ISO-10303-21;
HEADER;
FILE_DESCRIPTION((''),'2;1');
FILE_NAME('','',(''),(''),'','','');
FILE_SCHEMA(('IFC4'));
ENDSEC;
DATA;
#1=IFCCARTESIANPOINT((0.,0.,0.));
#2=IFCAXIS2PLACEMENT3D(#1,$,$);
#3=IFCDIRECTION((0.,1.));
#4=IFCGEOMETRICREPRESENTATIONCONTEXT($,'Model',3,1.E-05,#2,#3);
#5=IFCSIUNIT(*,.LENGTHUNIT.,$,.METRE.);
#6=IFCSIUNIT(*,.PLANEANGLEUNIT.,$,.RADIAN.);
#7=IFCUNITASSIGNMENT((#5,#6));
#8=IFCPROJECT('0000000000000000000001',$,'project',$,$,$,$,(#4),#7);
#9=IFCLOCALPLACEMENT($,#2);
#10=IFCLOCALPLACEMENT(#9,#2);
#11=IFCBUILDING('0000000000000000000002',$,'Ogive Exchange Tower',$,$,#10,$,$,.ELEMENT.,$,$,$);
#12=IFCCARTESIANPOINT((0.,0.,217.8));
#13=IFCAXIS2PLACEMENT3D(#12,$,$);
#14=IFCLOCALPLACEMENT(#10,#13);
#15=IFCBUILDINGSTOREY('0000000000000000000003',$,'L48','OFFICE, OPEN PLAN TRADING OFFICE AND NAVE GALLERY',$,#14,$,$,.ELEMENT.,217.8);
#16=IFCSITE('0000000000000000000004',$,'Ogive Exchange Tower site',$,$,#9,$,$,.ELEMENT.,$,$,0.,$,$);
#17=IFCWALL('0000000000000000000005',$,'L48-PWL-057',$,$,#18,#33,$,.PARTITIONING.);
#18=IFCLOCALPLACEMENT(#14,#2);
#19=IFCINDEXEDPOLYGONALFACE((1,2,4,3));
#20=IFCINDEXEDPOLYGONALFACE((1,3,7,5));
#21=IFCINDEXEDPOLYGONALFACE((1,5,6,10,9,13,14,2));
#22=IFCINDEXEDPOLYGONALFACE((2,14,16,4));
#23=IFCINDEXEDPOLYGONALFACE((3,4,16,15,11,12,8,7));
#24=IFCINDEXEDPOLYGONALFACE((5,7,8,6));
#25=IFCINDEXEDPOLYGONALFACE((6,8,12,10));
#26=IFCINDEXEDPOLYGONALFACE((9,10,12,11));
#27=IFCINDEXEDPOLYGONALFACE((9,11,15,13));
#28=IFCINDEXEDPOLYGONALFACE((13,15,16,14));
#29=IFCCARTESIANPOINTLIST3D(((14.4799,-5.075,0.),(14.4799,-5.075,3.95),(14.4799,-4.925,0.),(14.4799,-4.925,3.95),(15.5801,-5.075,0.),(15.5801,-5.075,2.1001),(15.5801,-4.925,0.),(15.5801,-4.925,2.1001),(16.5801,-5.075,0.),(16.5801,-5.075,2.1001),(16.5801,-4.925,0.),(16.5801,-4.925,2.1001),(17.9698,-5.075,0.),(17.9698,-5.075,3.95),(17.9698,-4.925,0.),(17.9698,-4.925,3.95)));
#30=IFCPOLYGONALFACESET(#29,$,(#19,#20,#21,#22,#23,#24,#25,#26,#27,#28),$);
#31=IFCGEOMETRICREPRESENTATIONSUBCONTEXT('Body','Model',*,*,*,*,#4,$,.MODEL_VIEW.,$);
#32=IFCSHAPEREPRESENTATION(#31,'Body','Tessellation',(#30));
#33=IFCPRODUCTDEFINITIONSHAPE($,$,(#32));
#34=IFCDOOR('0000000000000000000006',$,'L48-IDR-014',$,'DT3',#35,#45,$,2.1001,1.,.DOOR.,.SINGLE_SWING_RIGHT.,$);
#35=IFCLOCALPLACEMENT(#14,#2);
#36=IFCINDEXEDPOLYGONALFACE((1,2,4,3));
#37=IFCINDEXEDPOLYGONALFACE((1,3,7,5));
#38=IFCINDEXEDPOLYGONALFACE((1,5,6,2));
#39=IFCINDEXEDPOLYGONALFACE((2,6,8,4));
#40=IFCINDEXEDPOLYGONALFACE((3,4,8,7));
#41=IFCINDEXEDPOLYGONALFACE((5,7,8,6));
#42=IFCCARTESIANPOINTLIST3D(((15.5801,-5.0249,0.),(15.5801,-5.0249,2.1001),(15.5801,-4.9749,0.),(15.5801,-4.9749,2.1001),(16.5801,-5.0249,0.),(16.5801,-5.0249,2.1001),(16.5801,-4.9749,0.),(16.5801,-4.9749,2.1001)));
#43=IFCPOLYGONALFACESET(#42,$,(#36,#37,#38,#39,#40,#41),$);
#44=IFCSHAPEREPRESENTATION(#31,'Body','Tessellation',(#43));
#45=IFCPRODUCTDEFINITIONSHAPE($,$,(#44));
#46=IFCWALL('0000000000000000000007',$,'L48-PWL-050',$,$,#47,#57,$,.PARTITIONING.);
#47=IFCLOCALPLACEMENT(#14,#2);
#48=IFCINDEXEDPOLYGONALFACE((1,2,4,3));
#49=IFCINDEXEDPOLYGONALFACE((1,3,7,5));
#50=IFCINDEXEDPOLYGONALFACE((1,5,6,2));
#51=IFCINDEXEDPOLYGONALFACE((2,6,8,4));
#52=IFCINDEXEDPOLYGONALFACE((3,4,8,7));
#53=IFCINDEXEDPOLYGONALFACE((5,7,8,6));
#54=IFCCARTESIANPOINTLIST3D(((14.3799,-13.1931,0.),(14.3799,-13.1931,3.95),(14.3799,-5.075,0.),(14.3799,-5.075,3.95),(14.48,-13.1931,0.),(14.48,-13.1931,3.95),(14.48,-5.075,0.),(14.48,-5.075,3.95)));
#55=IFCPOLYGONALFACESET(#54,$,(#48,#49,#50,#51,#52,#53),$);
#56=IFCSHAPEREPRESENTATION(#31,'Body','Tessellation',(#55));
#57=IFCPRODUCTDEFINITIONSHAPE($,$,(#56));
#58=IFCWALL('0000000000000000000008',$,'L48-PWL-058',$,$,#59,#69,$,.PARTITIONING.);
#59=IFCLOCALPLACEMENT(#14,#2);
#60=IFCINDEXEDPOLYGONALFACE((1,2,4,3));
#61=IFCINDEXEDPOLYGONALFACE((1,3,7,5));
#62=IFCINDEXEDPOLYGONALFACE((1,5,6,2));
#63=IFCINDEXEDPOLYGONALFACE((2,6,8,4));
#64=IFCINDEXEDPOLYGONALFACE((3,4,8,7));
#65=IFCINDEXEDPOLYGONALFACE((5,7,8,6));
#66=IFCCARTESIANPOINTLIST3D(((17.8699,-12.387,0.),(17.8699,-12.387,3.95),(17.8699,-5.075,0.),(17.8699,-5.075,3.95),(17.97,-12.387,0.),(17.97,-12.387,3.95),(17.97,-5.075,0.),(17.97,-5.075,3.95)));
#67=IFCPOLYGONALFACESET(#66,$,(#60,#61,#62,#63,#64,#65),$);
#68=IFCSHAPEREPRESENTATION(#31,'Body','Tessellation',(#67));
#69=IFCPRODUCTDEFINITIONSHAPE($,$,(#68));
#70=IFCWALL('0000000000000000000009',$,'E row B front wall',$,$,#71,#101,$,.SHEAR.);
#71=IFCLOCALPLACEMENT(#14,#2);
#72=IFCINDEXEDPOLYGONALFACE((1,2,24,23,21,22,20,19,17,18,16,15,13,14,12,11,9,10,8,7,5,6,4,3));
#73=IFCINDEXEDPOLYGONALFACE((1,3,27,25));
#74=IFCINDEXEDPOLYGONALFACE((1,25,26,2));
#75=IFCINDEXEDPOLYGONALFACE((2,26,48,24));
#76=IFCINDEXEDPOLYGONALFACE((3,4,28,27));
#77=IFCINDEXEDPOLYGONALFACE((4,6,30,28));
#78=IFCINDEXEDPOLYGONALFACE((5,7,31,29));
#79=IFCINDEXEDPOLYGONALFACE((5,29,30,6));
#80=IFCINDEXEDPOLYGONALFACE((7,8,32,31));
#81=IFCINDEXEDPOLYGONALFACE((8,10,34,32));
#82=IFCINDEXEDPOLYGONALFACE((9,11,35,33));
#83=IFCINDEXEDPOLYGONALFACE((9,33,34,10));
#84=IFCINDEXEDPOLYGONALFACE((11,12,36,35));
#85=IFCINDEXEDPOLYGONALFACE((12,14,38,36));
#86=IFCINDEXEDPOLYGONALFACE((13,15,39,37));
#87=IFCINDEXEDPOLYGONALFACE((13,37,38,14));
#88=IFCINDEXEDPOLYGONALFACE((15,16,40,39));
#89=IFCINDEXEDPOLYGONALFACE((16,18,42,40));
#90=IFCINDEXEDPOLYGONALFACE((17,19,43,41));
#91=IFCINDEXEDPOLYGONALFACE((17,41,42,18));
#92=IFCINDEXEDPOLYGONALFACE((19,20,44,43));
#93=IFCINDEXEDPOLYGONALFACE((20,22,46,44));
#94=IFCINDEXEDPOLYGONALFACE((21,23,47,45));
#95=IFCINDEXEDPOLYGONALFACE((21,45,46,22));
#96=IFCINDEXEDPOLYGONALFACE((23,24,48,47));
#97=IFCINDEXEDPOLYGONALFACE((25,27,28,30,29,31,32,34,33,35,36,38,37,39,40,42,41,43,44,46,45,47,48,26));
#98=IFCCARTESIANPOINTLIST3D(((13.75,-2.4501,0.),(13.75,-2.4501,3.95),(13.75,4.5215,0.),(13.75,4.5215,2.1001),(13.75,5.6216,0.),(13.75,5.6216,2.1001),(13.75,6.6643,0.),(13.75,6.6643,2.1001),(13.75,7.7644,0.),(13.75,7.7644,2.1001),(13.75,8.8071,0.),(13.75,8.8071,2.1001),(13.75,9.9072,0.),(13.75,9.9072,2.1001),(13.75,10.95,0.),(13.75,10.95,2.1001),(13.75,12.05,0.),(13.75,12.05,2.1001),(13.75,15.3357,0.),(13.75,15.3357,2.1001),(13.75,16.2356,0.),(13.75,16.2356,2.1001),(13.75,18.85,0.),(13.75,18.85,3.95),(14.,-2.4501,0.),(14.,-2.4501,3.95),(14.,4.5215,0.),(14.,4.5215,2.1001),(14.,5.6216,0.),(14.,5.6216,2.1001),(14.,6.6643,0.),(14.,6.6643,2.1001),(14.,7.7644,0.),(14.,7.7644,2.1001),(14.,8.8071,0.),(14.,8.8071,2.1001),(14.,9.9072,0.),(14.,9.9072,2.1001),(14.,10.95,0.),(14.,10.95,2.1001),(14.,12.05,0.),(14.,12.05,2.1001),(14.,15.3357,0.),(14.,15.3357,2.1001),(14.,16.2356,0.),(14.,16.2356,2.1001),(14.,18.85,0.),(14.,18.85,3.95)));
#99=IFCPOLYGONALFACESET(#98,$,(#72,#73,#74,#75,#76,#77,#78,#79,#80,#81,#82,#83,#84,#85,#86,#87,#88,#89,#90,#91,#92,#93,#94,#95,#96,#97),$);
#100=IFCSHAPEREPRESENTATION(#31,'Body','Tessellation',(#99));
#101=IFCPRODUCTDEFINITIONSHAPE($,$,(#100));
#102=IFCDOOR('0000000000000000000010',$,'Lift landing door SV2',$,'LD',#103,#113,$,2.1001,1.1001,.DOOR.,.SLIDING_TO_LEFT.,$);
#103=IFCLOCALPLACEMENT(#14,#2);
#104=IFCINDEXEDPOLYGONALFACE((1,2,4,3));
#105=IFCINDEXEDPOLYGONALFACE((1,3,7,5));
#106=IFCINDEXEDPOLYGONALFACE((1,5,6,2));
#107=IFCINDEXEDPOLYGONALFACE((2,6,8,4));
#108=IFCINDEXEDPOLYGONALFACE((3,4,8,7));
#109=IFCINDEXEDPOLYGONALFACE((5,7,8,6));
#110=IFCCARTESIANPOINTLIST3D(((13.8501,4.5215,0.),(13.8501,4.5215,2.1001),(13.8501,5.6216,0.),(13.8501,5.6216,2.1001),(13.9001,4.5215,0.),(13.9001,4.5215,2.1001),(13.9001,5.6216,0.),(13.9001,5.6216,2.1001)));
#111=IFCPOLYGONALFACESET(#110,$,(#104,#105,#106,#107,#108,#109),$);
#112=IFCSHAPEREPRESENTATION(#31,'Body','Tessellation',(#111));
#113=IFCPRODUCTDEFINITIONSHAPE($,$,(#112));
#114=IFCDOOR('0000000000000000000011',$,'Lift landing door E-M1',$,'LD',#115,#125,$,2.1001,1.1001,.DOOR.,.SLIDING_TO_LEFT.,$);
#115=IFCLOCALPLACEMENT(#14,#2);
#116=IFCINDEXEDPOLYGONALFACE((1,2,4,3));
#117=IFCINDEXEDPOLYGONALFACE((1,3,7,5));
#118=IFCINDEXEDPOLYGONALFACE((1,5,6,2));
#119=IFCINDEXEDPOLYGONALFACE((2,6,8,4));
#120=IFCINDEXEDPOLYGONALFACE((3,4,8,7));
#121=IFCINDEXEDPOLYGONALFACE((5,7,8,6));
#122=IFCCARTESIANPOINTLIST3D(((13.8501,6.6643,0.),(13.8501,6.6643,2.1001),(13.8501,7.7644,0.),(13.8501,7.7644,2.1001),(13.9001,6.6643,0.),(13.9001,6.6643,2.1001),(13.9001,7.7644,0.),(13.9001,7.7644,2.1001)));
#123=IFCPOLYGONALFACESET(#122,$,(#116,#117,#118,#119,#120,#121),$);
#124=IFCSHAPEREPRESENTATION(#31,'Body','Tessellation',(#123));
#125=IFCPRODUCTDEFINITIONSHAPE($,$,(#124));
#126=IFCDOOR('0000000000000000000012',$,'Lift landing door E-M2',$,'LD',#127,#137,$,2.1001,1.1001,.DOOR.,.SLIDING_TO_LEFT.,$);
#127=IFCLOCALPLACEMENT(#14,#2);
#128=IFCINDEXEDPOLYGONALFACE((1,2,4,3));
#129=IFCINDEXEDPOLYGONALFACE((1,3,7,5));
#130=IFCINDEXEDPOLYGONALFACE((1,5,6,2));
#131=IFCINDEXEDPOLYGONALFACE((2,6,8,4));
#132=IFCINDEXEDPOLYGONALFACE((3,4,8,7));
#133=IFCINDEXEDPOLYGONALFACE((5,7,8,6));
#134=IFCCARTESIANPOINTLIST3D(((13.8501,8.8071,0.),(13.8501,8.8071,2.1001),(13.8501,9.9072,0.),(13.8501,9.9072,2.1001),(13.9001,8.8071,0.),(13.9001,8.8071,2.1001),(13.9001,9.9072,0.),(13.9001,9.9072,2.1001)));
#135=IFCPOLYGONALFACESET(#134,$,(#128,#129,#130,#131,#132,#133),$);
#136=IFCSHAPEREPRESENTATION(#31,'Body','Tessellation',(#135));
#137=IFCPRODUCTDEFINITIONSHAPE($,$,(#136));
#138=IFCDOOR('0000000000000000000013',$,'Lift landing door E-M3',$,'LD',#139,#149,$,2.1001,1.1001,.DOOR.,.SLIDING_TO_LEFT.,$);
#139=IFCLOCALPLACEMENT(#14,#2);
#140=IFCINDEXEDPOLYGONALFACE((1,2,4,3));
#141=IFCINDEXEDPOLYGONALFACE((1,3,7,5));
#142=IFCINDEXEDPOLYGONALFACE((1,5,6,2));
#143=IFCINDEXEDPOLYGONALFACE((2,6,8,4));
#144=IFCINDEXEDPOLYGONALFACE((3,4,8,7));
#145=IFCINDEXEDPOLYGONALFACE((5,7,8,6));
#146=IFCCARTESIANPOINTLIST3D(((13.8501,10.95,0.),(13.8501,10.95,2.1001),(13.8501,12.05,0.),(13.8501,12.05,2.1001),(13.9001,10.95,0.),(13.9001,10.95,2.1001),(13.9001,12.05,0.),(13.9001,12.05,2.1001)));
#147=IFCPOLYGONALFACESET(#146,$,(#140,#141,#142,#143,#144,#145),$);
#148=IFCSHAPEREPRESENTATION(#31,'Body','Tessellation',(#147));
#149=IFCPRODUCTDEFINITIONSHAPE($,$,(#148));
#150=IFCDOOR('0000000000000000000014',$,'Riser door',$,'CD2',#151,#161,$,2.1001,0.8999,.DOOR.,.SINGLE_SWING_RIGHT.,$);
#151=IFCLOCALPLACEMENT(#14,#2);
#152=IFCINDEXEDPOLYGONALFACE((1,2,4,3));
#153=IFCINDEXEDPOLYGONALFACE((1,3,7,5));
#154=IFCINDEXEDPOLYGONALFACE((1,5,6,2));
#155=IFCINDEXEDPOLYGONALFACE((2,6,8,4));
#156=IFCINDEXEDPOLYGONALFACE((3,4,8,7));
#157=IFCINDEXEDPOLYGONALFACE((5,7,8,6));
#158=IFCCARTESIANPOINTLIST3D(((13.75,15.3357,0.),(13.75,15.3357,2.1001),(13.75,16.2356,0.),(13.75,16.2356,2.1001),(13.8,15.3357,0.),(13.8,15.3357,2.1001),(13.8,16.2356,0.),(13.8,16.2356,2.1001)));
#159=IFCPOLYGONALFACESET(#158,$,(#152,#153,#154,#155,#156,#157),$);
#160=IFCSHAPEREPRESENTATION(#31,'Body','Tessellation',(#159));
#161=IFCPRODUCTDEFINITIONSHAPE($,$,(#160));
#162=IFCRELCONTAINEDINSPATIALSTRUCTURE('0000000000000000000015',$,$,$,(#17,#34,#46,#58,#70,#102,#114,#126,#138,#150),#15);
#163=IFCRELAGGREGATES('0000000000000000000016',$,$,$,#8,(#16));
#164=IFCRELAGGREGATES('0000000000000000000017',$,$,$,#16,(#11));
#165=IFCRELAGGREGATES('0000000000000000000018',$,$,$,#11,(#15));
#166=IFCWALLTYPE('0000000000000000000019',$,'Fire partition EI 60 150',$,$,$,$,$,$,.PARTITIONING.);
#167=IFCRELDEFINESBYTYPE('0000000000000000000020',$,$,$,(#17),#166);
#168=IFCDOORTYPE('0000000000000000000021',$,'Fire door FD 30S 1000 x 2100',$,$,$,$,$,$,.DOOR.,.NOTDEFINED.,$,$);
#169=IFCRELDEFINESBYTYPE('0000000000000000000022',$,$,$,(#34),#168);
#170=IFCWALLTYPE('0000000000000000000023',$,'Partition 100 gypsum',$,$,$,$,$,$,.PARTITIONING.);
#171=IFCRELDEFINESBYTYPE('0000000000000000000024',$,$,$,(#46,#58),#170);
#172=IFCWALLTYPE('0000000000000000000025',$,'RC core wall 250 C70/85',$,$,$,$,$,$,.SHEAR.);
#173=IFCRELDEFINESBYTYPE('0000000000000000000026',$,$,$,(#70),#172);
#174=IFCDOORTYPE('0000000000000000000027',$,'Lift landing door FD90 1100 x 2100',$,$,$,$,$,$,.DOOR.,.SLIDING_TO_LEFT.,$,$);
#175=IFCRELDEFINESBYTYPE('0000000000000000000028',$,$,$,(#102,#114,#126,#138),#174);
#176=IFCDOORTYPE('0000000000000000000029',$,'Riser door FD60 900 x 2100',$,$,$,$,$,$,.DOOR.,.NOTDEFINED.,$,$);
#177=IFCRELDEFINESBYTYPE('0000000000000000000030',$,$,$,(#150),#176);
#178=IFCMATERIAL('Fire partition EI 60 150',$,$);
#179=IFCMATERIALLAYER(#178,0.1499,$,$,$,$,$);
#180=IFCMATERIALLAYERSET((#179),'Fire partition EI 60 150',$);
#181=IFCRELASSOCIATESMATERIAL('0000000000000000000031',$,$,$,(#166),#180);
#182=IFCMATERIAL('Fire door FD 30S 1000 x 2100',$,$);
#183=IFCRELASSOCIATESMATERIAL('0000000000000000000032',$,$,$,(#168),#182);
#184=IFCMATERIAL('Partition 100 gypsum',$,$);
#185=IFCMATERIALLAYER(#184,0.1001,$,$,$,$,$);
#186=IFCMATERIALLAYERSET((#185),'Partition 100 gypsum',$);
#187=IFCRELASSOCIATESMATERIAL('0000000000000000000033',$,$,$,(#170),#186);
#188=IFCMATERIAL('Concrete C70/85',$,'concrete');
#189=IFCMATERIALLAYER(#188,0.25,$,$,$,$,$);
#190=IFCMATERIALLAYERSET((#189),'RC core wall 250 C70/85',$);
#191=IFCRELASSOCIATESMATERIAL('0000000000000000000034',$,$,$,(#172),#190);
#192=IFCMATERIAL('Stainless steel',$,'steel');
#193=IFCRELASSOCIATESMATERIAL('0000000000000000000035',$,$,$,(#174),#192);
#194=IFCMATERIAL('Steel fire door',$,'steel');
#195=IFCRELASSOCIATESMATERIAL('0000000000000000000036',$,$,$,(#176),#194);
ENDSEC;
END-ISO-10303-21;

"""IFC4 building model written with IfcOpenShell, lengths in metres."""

from ifc_helpers import new_model, si_unit, direction, frame, frame_2d, origin, place, context, subcontext, project, spatial, rectangle, extrude, material, layer, layer_set, type_object, element, fill, save


model = new_model("IFC4")

# Units and contexts
model_context = context("Model", 3, precision=1e-05, world=origin(), true_north=direction((0.0, 1.0)))
body_context = subcontext(model_context, "Body", "Model", "MODEL_VIEW")
ifc_project = project(units=[si_unit("LENGTHUNIT", "METRE"), si_unit("PLANEANGLEUNIT", "RADIAN")], contexts=[model_context])

# Site, building, storey
site_placement = place(None, origin())
site = spatial("IfcSite", under=ifc_project, at=site_placement, Name="Ogive Exchange Tower site", CompositionType="ELEMENT", RefElevation=0.0)
building_placement = place(site_placement, origin())
building = spatial("IfcBuilding", under=site, at=building_placement, Name="Ogive Exchange Tower", CompositionType="ELEMENT")
storey_placement = place(building_placement, frame((0.0, 0.0, 217.8)))
storey = spatial("IfcBuildingStorey", under=building, at=storey_placement, Name="L48", Description="OFFICE, OPEN PLAN TRADING OFFICE AND NAVE GALLERY", CompositionType="ELEMENT", Elevation=217.8)

# Shared definitions
ifc_material_1 = material(Name="Fire partition EI 60 150")
ifc_layer_1 = layer(ifc_material_1, 0.1499)
ifc_layer_set_1 = layer_set([ifc_layer_1], Name="Fire partition EI 60 150")
wall_type_1 = type_object("IfcWallType", Name="Fire partition EI 60 150", PredefinedType="PARTITIONING", material=ifc_layer_set_1)
ifc_material_2 = material(Name="Fire door FD 30S 1000 x 2100")
door_type_1 = type_object("IfcDoorType", Name="Fire door FD 30S 1000 x 2100", OperationType="NOTDEFINED", PredefinedType="DOOR", material=ifc_material_2)

# Wall, opening, door
wall_1_placement = place(storey_placement, frame((17.97, -5.0, 0.0), z_axis=(0.0, 0.0, 1.0), x_axis=(-1.0, 0.0, 0.0)))
wall_1 = element("IfcWall", 1, at=wall_1_placement, inside=storey, type_object=wall_type_1, Name="L48-PWL-057", PredefinedType="PARTITIONING", context=body_context, shape_type="SweptSolid", body=[
    extrude(rectangle(XDim=3.49, YDim=0.1499, at=frame_2d((1.7451, 0.0))), origin(), (0.0, 0.0, 1.0), 3.95),
])
opening_1_placement = place(wall_1_placement, frame((1.3899, 0.0, 0.0)))
opening_1 = element("IfcOpeningElement", 2, at=opening_1_placement, cuts=wall_1, PredefinedType="OPENING", context=body_context, shape_type="SweptSolid", body=[
    extrude(rectangle(XDim=1.0, YDim=2.1001, at=frame_2d((0.5, 1.05))), frame((0.0, 0.085, 0.0), z_axis=(0.0, -1.0, 0.0), x_axis=(1.0, 0.0, 0.0)), (0.0, 0.0, 1.0), 0.1699),
])
door_1_placement = place(opening_1_placement, origin())
door_1 = element("IfcDoor", 3, at=door_1_placement, inside=storey, type_object=door_type_1, Name="L48-IDR-014", ObjectType="DT3", OperationType="SINGLE_SWING_RIGHT", OverallHeight=2.1001, OverallWidth=1.0, PredefinedType="DOOR", context=body_context, shape_type="SweptSolid", body=[
    extrude(rectangle(XDim=1.0, YDim=2.1001, at=frame_2d((0.5, 1.05))), frame((0.0, 0.0249, 0.0), z_axis=(0.0, -1.0, 0.0), x_axis=(1.0, 0.0, 0.0)), (0.0, 0.0, 1.0), 0.05),
])
fill(opening_1, door_1)

# Walls
ifc_material_3 = material(Name="Partition 100 gypsum")
ifc_layer_2 = layer(ifc_material_3, 0.1001)
ifc_layer_set_2 = layer_set([ifc_layer_2], Name="Partition 100 gypsum")
wall_type_2 = type_object("IfcWallType", Name="Partition 100 gypsum", PredefinedType="PARTITIONING", material=ifc_layer_set_2)
wall_2_placement = place(storey_placement, frame((14.4299, -5.075, 0.0), z_axis=(0.0, 0.0, 1.0), x_axis=(0.0, -1.0, 0.0)))
element("IfcWall", 4, at=wall_2_placement, inside=storey, type_object=wall_type_2, Name="L48-PWL-050", PredefinedType="PARTITIONING", context=body_context, shape_type="SweptSolid", body=[
    extrude(rectangle(XDim=8.1182, YDim=0.1001, at=frame_2d((4.0591, 0.0))), origin(), (0.0, 0.0, 1.0), 3.95),
])
wall_3_placement = place(storey_placement, frame((17.9199, -5.075, 0.0), z_axis=(0.0, 0.0, 1.0), x_axis=(0.0, -1.0, 0.0)))
element("IfcWall", 5, at=wall_3_placement, inside=storey, type_object=wall_type_2, Name="L48-PWL-058", PredefinedType="PARTITIONING", context=body_context, shape_type="SweptSolid", body=[
    extrude(rectangle(XDim=7.312, YDim=0.1001, at=frame_2d((3.656, 0.0))), origin(), (0.0, 0.0, 1.0), 3.95),
])

# Wall, openings, doors
ifc_material_4 = material(Name="Concrete C70/85", Category="concrete")
ifc_layer_3 = layer(ifc_material_4, 0.25)
ifc_layer_set_3 = layer_set([ifc_layer_3], Name="RC core wall 250 C70/85")
wall_type_3 = type_object("IfcWallType", Name="RC core wall 250 C70/85", PredefinedType="SHEAR", material=ifc_layer_set_3)
wall_4_placement = place(storey_placement, frame((13.875, -2.45, 0.0), z_axis=(0.0, 0.0, 1.0), x_axis=(0.0, 1.0, 0.0)))
wall_4 = element("IfcWall", 6, at=wall_4_placement, inside=storey, type_object=wall_type_3, Name="E row B front wall", PredefinedType="SHEAR", context=body_context, shape_type="SweptSolid", body=[
    extrude(rectangle(XDim=21.3, YDim=0.25, at=frame_2d((10.6499, 0.0))), origin(), (0.0, 0.0, 1.0), 3.95),
])
opening_2_placement = place(wall_4_placement, frame((17.7856, 0.0, 0.0)))
opening_2 = element("IfcOpeningElement", 7, at=opening_2_placement, cuts=wall_4, PredefinedType="OPENING", context=body_context, shape_type="SweptSolid", body=[
    extrude(rectangle(XDim=0.8999, YDim=2.1001, at=frame_2d((0.45, 1.05))), frame((0.0, 0.135, 0.0), z_axis=(0.0, -1.0, 0.0), x_axis=(1.0, 0.0, 0.0)), (0.0, 0.0, 1.0), 0.27),
])
opening_3_placement = place(wall_4_placement, frame((6.9714, 0.0, 0.0)))
opening_3 = element("IfcOpeningElement", 8, at=opening_3_placement, cuts=wall_4, PredefinedType="OPENING", context=body_context, shape_type="SweptSolid", body=[
    extrude(rectangle(XDim=1.1001, YDim=2.1001, at=frame_2d((0.55, 1.05))), frame((0.0, 0.135, 0.0), z_axis=(0.0, -1.0, 0.0), x_axis=(1.0, 0.0, 0.0)), (0.0, 0.0, 1.0), 0.27),
])
opening_4_placement = place(wall_4_placement, frame((9.1143, 0.0, 0.0)))
opening_4 = element("IfcOpeningElement", 9, at=opening_4_placement, cuts=wall_4, PredefinedType="OPENING", context=body_context, shape_type="SweptSolid", body=[
    extrude(rectangle(XDim=1.1001, YDim=2.1001, at=frame_2d((0.55, 1.05))), frame((0.0, 0.135, 0.0), z_axis=(0.0, -1.0, 0.0), x_axis=(1.0, 0.0, 0.0)), (0.0, 0.0, 1.0), 0.27),
])
opening_5_placement = place(wall_4_placement, frame((11.2571, 0.0, 0.0)))
opening_5 = element("IfcOpeningElement", 10, at=opening_5_placement, cuts=wall_4, PredefinedType="OPENING", context=body_context, shape_type="SweptSolid", body=[
    extrude(rectangle(XDim=1.1001, YDim=2.1001, at=frame_2d((0.55, 1.05))), frame((0.0, 0.135, 0.0), z_axis=(0.0, -1.0, 0.0), x_axis=(1.0, 0.0, 0.0)), (0.0, 0.0, 1.0), 0.27),
])
opening_6_placement = place(wall_4_placement, frame((13.3999, 0.0, 0.0)))
opening_6 = element("IfcOpeningElement", 11, at=opening_6_placement, cuts=wall_4, PredefinedType="OPENING", context=body_context, shape_type="SweptSolid", body=[
    extrude(rectangle(XDim=1.1001, YDim=2.1001, at=frame_2d((0.55, 1.05))), frame((0.0, 0.135, 0.0), z_axis=(0.0, -1.0, 0.0), x_axis=(1.0, 0.0, 0.0)), (0.0, 0.0, 1.0), 0.27),
])
ifc_material_5 = material(Name="Stainless steel", Category="steel")
door_type_2 = type_object("IfcDoorType", Name="Lift landing door FD90 1100 x 2100", OperationType="SLIDING_TO_LEFT", PredefinedType="DOOR", material=ifc_material_5)
door_2_placement = place(opening_3_placement, origin())
door_2 = element("IfcDoor", 12, at=door_2_placement, inside=storey, type_object=door_type_2, Name="Lift landing door SV2", ObjectType="LD", OperationType="SLIDING_TO_LEFT", OverallHeight=2.1001, OverallWidth=1.1001, PredefinedType="DOOR", context=body_context, shape_type="SweptSolid", body=[
    extrude(rectangle(XDim=1.1001, YDim=2.1001, at=frame_2d((0.55, 1.05))), frame((0.0, 0.0249, 0.0), z_axis=(0.0, -1.0, 0.0), x_axis=(1.0, 0.0, 0.0)), (0.0, 0.0, 1.0), 0.05),
])
fill(opening_3, door_2)
door_3_placement = place(opening_4_placement, origin())
door_3 = element("IfcDoor", 13, at=door_3_placement, inside=storey, type_object=door_type_2, Name="Lift landing door E-M1", ObjectType="LD", OperationType="SLIDING_TO_LEFT", OverallHeight=2.1001, OverallWidth=1.1001, PredefinedType="DOOR", context=body_context, shape_type="SweptSolid", body=[
    extrude(rectangle(XDim=1.1001, YDim=2.1001, at=frame_2d((0.55, 1.05))), frame((0.0, 0.0249, 0.0), z_axis=(0.0, -1.0, 0.0), x_axis=(1.0, 0.0, 0.0)), (0.0, 0.0, 1.0), 0.05),
])
fill(opening_4, door_3)
door_4_placement = place(opening_5_placement, origin())
door_4 = element("IfcDoor", 14, at=door_4_placement, inside=storey, type_object=door_type_2, Name="Lift landing door E-M2", ObjectType="LD", OperationType="SLIDING_TO_LEFT", OverallHeight=2.1001, OverallWidth=1.1001, PredefinedType="DOOR", context=body_context, shape_type="SweptSolid", body=[
    extrude(rectangle(XDim=1.1001, YDim=2.1001, at=frame_2d((0.55, 1.05))), frame((0.0, 0.0249, 0.0), z_axis=(0.0, -1.0, 0.0), x_axis=(1.0, 0.0, 0.0)), (0.0, 0.0, 1.0), 0.05),
])
fill(opening_5, door_4)
door_5_placement = place(opening_6_placement, origin())
door_5 = element("IfcDoor", 15, at=door_5_placement, inside=storey, type_object=door_type_2, Name="Lift landing door E-M3", ObjectType="LD", OperationType="SLIDING_TO_LEFT", OverallHeight=2.1001, OverallWidth=1.1001, PredefinedType="DOOR", context=body_context, shape_type="SweptSolid", body=[
    extrude(rectangle(XDim=1.1001, YDim=2.1001, at=frame_2d((0.55, 1.05))), frame((0.0, 0.0249, 0.0), z_axis=(0.0, -1.0, 0.0), x_axis=(1.0, 0.0, 0.0)), (0.0, 0.0, 1.0), 0.05),
])
fill(opening_6, door_5)
ifc_material_6 = material(Name="Steel fire door", Category="steel")
door_type_3 = type_object("IfcDoorType", Name="Riser door FD60 900 x 2100", OperationType="NOTDEFINED", PredefinedType="DOOR", material=ifc_material_6)
door_6_placement = place(opening_2_placement, origin())
door_6 = element("IfcDoor", 16, at=door_6_placement, inside=storey, type_object=door_type_3, Name="Riser door", ObjectType="CD2", OperationType="SINGLE_SWING_RIGHT", OverallHeight=2.1001, OverallWidth=0.8999, PredefinedType="DOOR", context=body_context, shape_type="SweptSolid", body=[
    extrude(rectangle(XDim=0.8999, YDim=2.1001, at=frame_2d((0.45, 1.05))), frame((0.0, 0.125, 0.0), z_axis=(0.0, -1.0, 0.0), x_axis=(1.0, 0.0, 0.0)), (0.0, 0.0, 1.0), 0.05),
])
fill(opening_2, door_6)

save(model, "model.ifc")
